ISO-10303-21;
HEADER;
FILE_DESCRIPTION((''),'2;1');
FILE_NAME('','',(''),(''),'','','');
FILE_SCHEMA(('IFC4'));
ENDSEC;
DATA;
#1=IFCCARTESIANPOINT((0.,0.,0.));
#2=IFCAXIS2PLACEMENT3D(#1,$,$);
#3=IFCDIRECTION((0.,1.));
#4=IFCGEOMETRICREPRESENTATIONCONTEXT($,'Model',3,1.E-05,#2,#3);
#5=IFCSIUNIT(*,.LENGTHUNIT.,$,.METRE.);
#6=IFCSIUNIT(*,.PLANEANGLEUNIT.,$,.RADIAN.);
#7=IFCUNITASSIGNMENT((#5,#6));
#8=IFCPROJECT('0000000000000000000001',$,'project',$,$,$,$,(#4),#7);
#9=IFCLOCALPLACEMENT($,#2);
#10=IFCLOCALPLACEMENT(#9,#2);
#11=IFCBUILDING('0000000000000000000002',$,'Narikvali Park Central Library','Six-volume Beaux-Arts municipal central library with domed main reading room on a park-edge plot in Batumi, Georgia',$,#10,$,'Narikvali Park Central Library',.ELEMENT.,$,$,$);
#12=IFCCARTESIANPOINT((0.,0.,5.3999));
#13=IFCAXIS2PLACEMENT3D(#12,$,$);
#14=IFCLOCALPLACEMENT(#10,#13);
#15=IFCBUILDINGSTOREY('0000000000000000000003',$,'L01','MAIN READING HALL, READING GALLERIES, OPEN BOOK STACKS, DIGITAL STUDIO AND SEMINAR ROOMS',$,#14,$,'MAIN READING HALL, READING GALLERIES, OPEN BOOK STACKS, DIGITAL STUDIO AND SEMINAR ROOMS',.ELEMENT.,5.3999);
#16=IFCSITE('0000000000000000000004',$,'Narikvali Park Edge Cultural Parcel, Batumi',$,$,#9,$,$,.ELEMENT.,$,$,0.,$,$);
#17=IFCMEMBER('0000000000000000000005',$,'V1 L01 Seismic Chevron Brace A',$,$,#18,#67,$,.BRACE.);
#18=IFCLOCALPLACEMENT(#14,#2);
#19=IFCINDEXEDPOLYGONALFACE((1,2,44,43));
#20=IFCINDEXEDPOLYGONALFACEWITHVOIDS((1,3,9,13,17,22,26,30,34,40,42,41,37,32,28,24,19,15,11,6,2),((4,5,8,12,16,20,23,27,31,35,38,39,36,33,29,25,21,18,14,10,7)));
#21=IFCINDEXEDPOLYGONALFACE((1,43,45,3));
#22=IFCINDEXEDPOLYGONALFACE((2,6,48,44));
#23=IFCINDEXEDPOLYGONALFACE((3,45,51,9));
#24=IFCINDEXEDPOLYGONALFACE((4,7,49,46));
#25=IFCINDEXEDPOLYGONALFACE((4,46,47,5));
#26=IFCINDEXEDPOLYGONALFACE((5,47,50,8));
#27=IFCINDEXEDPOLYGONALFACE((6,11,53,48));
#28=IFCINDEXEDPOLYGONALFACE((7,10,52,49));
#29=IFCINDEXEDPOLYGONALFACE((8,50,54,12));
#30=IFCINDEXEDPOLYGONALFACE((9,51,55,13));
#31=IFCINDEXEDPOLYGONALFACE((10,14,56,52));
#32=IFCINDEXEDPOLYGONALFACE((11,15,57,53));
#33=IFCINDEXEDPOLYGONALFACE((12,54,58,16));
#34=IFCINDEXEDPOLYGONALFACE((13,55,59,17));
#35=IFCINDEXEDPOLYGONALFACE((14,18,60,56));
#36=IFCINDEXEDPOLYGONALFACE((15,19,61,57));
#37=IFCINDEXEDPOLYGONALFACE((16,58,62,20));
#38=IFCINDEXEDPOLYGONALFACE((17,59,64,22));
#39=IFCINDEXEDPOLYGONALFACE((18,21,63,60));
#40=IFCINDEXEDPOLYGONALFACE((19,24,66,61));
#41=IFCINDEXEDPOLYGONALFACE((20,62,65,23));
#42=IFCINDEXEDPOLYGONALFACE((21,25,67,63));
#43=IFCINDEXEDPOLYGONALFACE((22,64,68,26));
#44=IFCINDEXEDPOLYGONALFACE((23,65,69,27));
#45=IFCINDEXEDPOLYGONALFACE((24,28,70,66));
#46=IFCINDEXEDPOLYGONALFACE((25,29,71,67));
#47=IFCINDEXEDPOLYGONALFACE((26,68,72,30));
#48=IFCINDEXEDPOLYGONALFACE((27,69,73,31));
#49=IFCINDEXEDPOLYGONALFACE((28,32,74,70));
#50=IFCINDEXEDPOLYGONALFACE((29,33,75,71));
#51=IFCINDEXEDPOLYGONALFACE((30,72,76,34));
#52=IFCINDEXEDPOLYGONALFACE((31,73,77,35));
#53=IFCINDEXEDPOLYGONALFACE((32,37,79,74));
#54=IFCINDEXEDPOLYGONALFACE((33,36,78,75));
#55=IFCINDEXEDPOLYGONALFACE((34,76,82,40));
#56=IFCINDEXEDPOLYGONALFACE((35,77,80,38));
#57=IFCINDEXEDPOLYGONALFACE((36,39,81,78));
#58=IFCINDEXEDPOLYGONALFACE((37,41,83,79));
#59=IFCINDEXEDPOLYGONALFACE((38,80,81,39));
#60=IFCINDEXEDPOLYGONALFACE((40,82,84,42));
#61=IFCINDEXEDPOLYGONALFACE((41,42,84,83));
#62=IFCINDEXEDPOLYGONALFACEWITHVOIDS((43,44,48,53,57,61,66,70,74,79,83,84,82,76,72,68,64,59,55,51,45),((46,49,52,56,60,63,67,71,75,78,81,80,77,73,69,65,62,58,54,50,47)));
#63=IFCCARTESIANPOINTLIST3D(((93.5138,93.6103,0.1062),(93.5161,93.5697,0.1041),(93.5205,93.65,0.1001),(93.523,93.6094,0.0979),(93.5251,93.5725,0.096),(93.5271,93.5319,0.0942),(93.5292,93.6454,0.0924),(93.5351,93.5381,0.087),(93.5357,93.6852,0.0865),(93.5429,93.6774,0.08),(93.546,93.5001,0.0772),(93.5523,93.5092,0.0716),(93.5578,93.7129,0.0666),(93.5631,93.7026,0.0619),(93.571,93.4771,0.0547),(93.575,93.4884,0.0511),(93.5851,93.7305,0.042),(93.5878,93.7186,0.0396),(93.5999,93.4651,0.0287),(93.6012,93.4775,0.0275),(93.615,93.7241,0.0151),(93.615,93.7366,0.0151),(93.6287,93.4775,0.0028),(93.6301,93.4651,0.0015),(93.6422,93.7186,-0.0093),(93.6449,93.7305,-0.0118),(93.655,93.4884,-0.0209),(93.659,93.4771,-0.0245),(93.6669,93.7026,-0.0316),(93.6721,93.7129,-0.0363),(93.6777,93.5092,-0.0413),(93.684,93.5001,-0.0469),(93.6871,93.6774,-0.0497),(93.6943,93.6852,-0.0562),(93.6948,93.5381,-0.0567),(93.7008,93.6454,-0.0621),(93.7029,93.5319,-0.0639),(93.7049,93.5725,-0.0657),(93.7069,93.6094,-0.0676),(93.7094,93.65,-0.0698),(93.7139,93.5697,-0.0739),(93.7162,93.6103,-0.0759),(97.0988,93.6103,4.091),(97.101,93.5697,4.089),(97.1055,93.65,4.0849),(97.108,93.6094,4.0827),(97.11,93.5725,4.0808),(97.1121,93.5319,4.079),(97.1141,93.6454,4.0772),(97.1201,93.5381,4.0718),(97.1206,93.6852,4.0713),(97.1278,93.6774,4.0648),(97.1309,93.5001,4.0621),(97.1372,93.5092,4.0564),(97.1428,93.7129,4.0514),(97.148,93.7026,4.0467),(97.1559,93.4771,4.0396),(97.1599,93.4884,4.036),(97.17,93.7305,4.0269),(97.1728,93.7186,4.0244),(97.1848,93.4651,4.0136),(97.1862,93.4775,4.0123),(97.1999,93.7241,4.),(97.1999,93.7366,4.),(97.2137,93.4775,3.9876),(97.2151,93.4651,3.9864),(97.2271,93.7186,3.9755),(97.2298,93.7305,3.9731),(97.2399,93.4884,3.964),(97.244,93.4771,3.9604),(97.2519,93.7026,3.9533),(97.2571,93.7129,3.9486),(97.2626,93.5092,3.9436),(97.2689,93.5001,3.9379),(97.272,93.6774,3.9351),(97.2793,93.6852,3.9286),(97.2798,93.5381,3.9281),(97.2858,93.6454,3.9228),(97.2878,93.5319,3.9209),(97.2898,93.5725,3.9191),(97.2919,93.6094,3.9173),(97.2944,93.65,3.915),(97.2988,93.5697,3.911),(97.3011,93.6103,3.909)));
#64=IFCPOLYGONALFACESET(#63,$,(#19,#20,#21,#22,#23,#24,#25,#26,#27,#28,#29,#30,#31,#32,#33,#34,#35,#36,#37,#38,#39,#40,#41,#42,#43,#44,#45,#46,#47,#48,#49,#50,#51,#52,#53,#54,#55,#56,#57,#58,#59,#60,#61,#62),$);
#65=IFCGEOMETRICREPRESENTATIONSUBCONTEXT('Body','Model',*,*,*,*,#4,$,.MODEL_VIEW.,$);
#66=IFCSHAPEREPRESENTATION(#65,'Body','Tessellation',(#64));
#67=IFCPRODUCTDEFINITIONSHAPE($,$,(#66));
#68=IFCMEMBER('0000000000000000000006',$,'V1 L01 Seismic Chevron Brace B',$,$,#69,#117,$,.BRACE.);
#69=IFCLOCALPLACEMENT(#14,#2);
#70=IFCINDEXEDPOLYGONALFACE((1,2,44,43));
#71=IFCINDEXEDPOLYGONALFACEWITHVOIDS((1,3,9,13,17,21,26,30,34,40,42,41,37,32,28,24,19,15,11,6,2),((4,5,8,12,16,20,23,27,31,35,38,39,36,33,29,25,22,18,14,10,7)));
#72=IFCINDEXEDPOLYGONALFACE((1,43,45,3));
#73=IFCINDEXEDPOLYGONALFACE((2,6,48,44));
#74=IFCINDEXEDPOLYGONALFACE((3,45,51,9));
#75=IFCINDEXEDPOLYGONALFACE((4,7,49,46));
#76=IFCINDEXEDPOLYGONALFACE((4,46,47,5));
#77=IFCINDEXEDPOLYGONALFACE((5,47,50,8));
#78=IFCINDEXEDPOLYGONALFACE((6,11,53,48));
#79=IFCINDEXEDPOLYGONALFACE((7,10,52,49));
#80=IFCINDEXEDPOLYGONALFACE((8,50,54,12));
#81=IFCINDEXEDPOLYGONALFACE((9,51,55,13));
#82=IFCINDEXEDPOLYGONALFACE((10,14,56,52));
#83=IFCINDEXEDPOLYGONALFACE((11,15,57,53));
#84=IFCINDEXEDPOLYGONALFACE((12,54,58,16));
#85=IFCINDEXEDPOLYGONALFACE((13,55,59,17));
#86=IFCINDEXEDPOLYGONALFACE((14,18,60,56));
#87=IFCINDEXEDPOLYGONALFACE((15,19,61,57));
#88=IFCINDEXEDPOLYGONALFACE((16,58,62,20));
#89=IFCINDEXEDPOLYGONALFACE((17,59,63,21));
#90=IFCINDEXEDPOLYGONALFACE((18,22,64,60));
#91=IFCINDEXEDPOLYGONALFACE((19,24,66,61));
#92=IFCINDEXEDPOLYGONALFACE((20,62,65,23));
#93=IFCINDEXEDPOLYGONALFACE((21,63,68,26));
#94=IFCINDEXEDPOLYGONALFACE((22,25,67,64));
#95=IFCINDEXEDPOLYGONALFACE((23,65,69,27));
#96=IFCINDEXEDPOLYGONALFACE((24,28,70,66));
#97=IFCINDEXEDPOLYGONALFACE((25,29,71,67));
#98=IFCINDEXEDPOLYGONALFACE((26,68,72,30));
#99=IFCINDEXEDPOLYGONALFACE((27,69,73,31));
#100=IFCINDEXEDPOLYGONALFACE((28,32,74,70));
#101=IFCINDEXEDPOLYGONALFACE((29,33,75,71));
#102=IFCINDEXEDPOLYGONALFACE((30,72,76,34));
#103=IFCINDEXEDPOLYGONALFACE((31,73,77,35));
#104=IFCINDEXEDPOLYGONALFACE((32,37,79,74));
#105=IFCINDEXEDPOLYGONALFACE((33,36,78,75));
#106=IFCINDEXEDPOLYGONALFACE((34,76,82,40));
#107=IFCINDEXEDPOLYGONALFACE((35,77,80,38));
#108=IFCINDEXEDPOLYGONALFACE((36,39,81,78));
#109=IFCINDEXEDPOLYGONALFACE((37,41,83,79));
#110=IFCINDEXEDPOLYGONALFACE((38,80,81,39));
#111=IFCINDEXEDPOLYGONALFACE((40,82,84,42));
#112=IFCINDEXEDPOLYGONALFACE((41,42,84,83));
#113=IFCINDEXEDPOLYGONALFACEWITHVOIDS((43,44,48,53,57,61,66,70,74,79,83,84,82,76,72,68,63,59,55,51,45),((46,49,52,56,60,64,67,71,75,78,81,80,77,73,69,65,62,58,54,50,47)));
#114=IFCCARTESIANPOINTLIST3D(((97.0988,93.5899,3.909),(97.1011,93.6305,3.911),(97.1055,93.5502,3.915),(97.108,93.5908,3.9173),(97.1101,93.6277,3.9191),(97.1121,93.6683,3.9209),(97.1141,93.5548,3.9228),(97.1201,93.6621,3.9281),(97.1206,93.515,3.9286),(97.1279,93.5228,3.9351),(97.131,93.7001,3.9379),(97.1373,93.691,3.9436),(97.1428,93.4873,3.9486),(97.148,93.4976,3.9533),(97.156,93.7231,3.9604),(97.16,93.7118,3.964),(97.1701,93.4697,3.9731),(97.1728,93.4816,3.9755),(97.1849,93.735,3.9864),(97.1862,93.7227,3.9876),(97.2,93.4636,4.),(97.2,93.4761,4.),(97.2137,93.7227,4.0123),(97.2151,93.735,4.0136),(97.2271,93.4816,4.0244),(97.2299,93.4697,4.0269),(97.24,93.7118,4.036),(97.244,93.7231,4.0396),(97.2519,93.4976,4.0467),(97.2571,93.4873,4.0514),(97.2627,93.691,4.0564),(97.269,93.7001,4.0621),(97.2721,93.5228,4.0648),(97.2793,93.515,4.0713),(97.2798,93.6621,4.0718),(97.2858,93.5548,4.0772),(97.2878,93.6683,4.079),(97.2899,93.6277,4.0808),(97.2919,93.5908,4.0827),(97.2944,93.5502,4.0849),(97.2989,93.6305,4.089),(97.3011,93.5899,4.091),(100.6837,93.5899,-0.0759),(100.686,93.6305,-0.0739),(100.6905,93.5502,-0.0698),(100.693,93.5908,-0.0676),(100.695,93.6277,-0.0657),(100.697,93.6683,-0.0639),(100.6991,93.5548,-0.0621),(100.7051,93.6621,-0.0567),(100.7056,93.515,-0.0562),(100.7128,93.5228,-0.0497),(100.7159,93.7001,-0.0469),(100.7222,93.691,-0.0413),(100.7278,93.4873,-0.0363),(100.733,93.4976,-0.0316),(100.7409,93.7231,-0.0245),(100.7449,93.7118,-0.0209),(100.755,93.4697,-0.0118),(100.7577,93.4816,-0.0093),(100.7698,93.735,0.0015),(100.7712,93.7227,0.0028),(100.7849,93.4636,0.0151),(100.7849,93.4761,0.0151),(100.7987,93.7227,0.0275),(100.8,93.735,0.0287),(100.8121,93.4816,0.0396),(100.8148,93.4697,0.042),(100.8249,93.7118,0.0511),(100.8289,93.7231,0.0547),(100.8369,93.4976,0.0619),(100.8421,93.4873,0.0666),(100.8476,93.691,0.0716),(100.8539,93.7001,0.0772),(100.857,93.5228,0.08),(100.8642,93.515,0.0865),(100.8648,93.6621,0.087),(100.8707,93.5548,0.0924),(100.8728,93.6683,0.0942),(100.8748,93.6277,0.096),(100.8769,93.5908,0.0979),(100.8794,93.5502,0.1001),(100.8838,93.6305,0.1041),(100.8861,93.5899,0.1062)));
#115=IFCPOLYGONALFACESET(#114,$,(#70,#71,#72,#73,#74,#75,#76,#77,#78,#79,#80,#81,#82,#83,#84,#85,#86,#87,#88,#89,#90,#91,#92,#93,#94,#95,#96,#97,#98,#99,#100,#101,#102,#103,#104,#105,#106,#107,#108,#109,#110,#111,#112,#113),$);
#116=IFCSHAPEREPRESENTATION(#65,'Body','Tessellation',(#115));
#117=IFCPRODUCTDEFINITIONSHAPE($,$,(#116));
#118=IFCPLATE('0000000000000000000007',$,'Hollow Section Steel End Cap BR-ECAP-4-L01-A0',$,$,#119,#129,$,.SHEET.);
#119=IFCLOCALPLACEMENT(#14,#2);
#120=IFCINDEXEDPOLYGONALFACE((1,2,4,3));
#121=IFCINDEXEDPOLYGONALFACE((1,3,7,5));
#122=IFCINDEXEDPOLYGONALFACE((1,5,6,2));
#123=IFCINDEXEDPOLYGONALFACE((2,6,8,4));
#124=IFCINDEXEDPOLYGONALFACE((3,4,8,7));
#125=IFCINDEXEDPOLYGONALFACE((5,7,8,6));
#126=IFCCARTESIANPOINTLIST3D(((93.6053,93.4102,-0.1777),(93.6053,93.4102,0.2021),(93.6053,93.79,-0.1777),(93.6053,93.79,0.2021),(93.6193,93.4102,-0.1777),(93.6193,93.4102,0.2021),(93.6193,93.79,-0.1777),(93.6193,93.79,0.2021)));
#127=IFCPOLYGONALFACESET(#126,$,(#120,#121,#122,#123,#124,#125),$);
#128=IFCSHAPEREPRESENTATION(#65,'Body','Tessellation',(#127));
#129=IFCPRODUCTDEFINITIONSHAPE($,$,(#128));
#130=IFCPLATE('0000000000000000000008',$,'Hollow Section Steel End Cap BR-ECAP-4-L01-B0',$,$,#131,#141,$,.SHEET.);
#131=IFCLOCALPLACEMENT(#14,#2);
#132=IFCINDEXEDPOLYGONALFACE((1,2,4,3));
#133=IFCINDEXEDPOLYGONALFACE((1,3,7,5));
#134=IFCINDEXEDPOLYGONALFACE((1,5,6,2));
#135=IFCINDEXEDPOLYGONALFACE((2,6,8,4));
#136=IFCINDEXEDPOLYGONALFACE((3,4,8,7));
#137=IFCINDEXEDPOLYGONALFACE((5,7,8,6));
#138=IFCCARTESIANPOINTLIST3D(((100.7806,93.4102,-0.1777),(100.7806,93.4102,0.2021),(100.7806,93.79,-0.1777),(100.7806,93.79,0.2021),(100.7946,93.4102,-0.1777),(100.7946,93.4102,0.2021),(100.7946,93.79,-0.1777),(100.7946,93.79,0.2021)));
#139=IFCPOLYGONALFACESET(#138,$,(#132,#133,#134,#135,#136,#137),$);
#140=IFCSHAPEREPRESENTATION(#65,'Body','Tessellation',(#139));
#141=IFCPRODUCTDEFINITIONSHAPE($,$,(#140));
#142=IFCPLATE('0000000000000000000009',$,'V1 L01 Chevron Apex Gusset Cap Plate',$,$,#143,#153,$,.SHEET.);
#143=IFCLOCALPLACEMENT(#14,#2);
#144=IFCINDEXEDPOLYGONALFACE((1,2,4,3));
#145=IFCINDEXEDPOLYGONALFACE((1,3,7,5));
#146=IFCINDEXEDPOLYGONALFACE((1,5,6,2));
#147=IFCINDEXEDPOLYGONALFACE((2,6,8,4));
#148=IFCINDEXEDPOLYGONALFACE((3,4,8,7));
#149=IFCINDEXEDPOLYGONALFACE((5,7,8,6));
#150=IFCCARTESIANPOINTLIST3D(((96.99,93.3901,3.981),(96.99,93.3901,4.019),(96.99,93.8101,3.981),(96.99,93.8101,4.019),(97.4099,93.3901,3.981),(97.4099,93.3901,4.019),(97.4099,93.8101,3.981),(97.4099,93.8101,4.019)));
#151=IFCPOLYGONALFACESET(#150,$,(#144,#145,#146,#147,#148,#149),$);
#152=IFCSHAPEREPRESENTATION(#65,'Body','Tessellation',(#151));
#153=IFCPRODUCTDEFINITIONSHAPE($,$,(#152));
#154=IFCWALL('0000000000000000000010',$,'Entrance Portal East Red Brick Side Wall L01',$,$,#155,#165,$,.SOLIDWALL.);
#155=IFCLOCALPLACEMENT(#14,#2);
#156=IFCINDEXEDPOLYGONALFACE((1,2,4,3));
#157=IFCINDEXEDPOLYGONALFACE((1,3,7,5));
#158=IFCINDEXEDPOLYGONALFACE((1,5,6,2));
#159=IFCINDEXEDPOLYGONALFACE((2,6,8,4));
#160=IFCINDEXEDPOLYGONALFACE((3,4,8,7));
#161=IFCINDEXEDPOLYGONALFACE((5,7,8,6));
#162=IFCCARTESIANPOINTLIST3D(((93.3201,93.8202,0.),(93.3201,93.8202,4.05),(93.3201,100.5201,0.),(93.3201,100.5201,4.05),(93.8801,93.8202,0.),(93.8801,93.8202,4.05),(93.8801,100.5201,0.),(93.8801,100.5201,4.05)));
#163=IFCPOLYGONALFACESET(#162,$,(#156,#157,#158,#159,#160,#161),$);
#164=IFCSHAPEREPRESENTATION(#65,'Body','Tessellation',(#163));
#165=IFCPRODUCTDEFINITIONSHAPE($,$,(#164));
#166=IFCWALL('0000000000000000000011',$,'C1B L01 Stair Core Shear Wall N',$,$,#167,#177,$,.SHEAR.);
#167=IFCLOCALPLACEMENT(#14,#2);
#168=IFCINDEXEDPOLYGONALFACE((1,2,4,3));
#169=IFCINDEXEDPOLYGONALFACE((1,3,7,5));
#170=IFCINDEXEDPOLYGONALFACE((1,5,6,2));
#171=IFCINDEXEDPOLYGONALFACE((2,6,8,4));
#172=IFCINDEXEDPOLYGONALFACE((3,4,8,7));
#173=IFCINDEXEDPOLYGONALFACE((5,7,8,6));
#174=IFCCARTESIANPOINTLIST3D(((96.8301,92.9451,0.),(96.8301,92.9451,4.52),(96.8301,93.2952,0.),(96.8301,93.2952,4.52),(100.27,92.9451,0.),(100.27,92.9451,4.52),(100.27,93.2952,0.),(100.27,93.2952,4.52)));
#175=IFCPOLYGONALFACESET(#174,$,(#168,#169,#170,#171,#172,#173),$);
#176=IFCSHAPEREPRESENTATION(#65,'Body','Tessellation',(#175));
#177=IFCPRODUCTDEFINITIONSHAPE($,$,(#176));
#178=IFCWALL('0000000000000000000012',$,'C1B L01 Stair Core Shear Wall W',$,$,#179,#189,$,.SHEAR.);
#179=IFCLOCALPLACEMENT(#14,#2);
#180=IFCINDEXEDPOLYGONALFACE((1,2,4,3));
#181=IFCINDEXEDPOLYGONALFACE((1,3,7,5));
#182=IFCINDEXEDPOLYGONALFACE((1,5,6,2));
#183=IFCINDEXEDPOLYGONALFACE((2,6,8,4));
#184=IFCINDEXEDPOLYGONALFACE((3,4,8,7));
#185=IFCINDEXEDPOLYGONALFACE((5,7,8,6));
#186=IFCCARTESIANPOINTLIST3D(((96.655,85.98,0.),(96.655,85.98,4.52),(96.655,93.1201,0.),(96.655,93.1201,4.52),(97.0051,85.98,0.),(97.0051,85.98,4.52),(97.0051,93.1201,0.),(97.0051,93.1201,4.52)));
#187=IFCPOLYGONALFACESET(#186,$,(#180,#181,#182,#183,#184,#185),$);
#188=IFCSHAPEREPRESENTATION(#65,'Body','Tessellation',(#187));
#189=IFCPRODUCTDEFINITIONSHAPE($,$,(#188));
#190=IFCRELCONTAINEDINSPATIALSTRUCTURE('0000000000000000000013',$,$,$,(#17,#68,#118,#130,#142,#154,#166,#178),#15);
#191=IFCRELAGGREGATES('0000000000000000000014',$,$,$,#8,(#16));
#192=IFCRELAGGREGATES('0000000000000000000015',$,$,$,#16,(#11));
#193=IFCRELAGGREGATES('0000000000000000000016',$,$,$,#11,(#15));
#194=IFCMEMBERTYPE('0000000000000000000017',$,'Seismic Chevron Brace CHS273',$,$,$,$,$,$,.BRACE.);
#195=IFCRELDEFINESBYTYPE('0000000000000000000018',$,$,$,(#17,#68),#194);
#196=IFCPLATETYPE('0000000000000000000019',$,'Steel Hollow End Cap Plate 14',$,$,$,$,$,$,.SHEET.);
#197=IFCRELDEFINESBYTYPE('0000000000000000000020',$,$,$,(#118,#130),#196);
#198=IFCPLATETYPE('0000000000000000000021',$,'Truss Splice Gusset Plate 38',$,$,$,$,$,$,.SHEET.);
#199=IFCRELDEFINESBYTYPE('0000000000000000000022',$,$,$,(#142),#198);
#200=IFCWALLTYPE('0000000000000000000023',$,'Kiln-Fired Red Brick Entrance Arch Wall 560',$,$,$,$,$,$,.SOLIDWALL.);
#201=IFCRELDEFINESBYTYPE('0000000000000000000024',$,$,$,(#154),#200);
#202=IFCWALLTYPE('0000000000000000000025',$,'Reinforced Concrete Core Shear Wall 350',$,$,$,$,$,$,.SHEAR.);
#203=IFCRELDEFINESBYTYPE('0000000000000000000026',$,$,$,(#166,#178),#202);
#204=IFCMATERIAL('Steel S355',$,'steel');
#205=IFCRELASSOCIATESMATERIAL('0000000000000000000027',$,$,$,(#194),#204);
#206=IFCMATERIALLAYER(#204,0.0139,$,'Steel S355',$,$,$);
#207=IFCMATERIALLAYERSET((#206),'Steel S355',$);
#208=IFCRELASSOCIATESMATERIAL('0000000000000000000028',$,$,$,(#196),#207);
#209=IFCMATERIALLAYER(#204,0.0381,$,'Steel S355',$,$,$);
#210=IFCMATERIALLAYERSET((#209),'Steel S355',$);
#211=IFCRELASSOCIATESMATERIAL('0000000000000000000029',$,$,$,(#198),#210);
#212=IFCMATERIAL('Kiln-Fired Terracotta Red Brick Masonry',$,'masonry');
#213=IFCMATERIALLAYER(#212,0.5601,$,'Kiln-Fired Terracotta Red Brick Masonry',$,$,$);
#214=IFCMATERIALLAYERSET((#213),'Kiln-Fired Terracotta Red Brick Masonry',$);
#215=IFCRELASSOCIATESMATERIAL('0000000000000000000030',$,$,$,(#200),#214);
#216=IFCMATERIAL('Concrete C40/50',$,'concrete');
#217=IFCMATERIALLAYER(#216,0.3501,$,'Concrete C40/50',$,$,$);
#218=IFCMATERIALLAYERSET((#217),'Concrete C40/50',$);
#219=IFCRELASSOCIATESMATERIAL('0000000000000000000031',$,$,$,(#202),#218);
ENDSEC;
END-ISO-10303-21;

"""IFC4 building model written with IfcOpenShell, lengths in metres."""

from ifc_helpers import new_model, si_unit, direction, frame, frame_2d, origin, origin_2d, place, context, subcontext, project, spatial, rectangle, hollow_circle, extrude, material, layer, layer_set, material_profile, profile_set, type_object, element, save


model = new_model("IFC4")

# Units and contexts
model_context = context("Model", 3, precision=1e-05, world=origin(), true_north=direction((0.0, 1.0)))
body_context = subcontext(model_context, "Body", "Model", "MODEL_VIEW")
ifc_project = project(units=[si_unit("LENGTHUNIT", "METRE"), si_unit("PLANEANGLEUNIT", "RADIAN")], contexts=[model_context])

# Site, building, storey
site_placement = place(None, origin())
site = spatial("IfcSite", under=ifc_project, at=site_placement, Name="Narikvali Park Edge Cultural Parcel, Batumi", CompositionType="ELEMENT", RefElevation=0.0)
building_placement = place(site_placement, origin())
building = spatial("IfcBuilding", under=site, at=building_placement, Name="Narikvali Park Central Library", Description="Six-volume Beaux-Arts municipal central library with domed main reading room on a park-edge plot in Batumi, Georgia", LongName="Narikvali Park Central Library", CompositionType="ELEMENT")
storey_placement = place(building_placement, frame((0.0, 0.0, 5.3999)))
storey = spatial("IfcBuildingStorey", under=building, at=storey_placement, Name="L01", Description="MAIN READING HALL, READING GALLERIES, OPEN BOOK STACKS, DIGITAL STUDIO AND SEMINAR ROOMS", LongName="MAIN READING HALL, READING GALLERIES, OPEN BOOK STACKS, DIGITAL STUDIO AND SEMINAR ROOMS", CompositionType="ELEMENT", Elevation=5.3999)

# Shared definitions
ifc_material_1 = material(Name="Steel S355", Category="steel")

# Members
ifc_material_profile_1 = material_profile(ifc_material_1, hollow_circle(Radius=0.1365, WallThickness=0.0125, at=origin_2d()), Name="CHS 273x12.5")
ifc_profile_set_1 = profile_set([ifc_material_profile_1], Name="Steel S355")
member_type = type_object("IfcMemberType", Name="Seismic Chevron Brace CHS273", PredefinedType="BRACE", material=ifc_profile_set_1)
for number, where, z_axis, x_axis, name in (
    (1, (93.615, 93.6001, 0.0151), (0.668819, 0.0, 0.743425), (0.0, 1.0, 0.0), "V1 L01 Seismic Chevron Brace A"),
    (2, (100.7849, 93.6001, 0.0151), (-0.668819, 0.0, 0.743425), (0.0, -1.0, 0.0), "V1 L01 Seismic Chevron Brace B"),
):
    element("IfcMember", number, at=place(storey_placement, frame(where, z_axis=z_axis, x_axis=x_axis)), inside=storey, type_object=member_type, Name=name, PredefinedType="BRACE", context=body_context, shape_type="SweptSolid", body=[
        extrude(hollow_circle(Radius=0.1365, WallThickness=0.0125, at=origin_2d()), origin(), (0.0, 0.0, 1.0), 5.3601),
    ])

# Plates
ifc_layer_1 = layer(ifc_material_1, 0.0139, Name="Steel S355")
ifc_layer_set_1 = layer_set([ifc_layer_1], Name="Steel S355")
plate_type_1 = type_object("IfcPlateType", Name="Steel Hollow End Cap Plate 14", PredefinedType="SHEET", material=ifc_layer_set_1)
for number, where, z_axis, x_axis, name in (
    (3, (93.6123, 93.6001, -0.1777), (0.0, 0.0, 1.0), (-1.0, 0.0, 0.0), "Hollow Section Steel End Cap BR-ECAP-4-L01-A0"),
    (4, (100.7876, 93.6001, -0.1777), (0.0, 0.0, 1.0), (1.0, 0.0, 0.0), "Hollow Section Steel End Cap BR-ECAP-4-L01-B0"),
):
    element("IfcPlate", number, at=place(storey_placement, frame(where, z_axis=z_axis, x_axis=x_axis)), inside=storey, type_object=plate_type_1, Name=name, PredefinedType="SHEET", context=body_context, shape_type="SweptSolid", body=[
        extrude(rectangle(XDim=0.0139, YDim=0.3799, at=origin_2d()), origin(), (0.0, 0.0, 1.0), 0.3799),
    ])
ifc_layer_2 = layer(ifc_material_1, 0.0381, Name="Steel S355")
ifc_layer_set_2 = layer_set([ifc_layer_2], Name="Steel S355")
plate_type_2 = type_object("IfcPlateType", Name="Truss Splice Gusset Plate 38", PredefinedType="SHEET", material=ifc_layer_set_2)
plate_placement = place(storey_placement, frame((97.2, 93.6001, 3.981), z_axis=(0.0, 0.0, 1.0), x_axis=(1.0, 0.0, 0.0)))
element("IfcPlate", 5, at=plate_placement, inside=storey, type_object=plate_type_2, Name="V1 L01 Chevron Apex Gusset Cap Plate", PredefinedType="SHEET", context=body_context, shape_type="SweptSolid", body=[
    extrude(rectangle(XDim=0.4199, YDim=0.4199, at=origin_2d()), origin(), (0.0, 0.0, 1.0), 0.0381),
])

# Walls
ifc_material_2 = material(Name="Kiln-Fired Terracotta Red Brick Masonry", Category="masonry")
ifc_layer_3 = layer(ifc_material_2, 0.5601, Name="Kiln-Fired Terracotta Red Brick Masonry")
ifc_layer_set_3 = layer_set([ifc_layer_3], Name="Kiln-Fired Terracotta Red Brick Masonry")
wall_type_1 = type_object("IfcWallType", Name="Kiln-Fired Red Brick Entrance Arch Wall 560", PredefinedType="SOLIDWALL", material=ifc_layer_set_3)
wall_1_placement = place(storey_placement, frame((93.6001, 93.8201, 0.0), z_axis=(0.0, 0.0, 1.0), x_axis=(0.0, 1.0, 0.0)))
element("IfcWall", 6, at=wall_1_placement, inside=storey, type_object=wall_type_1, Name="Entrance Portal East Red Brick Side Wall L01", PredefinedType="SOLIDWALL", context=body_context, shape_type="SweptSolid", body=[
    extrude(rectangle(XDim=6.7, YDim=0.5601, at=frame_2d((3.3501, 0.0))), origin(), (0.0, 0.0, 1.0), 4.05),
])
ifc_material_3 = material(Name="Concrete C40/50", Category="concrete")
ifc_layer_4 = layer(ifc_material_3, 0.3501, Name="Concrete C40/50")
ifc_layer_set_4 = layer_set([ifc_layer_4], Name="Concrete C40/50")
wall_type_2 = type_object("IfcWallType", Name="Reinforced Concrete Core Shear Wall 350", PredefinedType="SHEAR", material=ifc_layer_set_4)
wall_2_placement = place(storey_placement, frame((100.27, 93.1201, 0.0), z_axis=(0.0, 0.0, 1.0), x_axis=(-1.0, 0.0, 0.0)))
element("IfcWall", 7, at=wall_2_placement, inside=storey, type_object=wall_type_2, Name="C1B L01 Stair Core Shear Wall N", PredefinedType="SHEAR", context=body_context, shape_type="SweptSolid", body=[
    extrude(rectangle(XDim=3.4399, YDim=0.3501, at=frame_2d((1.72, 0.0))), origin(), (0.0, 0.0, 1.0), 4.52),
])
wall_3_placement = place(storey_placement, frame((96.8301, 93.1201, 0.0), z_axis=(0.0, 0.0, 1.0), x_axis=(0.0, -1.0, 0.0)))
element("IfcWall", 8, at=wall_3_placement, inside=storey, type_object=wall_type_2, Name="C1B L01 Stair Core Shear Wall W", PredefinedType="SHEAR", context=body_context, shape_type="SweptSolid", body=[
    extrude(rectangle(XDim=7.1401, YDim=0.3501, at=frame_2d((3.5701, 0.0))), origin(), (0.0, 0.0, 1.0), 4.52),
])

save(model, "model.ifc")
